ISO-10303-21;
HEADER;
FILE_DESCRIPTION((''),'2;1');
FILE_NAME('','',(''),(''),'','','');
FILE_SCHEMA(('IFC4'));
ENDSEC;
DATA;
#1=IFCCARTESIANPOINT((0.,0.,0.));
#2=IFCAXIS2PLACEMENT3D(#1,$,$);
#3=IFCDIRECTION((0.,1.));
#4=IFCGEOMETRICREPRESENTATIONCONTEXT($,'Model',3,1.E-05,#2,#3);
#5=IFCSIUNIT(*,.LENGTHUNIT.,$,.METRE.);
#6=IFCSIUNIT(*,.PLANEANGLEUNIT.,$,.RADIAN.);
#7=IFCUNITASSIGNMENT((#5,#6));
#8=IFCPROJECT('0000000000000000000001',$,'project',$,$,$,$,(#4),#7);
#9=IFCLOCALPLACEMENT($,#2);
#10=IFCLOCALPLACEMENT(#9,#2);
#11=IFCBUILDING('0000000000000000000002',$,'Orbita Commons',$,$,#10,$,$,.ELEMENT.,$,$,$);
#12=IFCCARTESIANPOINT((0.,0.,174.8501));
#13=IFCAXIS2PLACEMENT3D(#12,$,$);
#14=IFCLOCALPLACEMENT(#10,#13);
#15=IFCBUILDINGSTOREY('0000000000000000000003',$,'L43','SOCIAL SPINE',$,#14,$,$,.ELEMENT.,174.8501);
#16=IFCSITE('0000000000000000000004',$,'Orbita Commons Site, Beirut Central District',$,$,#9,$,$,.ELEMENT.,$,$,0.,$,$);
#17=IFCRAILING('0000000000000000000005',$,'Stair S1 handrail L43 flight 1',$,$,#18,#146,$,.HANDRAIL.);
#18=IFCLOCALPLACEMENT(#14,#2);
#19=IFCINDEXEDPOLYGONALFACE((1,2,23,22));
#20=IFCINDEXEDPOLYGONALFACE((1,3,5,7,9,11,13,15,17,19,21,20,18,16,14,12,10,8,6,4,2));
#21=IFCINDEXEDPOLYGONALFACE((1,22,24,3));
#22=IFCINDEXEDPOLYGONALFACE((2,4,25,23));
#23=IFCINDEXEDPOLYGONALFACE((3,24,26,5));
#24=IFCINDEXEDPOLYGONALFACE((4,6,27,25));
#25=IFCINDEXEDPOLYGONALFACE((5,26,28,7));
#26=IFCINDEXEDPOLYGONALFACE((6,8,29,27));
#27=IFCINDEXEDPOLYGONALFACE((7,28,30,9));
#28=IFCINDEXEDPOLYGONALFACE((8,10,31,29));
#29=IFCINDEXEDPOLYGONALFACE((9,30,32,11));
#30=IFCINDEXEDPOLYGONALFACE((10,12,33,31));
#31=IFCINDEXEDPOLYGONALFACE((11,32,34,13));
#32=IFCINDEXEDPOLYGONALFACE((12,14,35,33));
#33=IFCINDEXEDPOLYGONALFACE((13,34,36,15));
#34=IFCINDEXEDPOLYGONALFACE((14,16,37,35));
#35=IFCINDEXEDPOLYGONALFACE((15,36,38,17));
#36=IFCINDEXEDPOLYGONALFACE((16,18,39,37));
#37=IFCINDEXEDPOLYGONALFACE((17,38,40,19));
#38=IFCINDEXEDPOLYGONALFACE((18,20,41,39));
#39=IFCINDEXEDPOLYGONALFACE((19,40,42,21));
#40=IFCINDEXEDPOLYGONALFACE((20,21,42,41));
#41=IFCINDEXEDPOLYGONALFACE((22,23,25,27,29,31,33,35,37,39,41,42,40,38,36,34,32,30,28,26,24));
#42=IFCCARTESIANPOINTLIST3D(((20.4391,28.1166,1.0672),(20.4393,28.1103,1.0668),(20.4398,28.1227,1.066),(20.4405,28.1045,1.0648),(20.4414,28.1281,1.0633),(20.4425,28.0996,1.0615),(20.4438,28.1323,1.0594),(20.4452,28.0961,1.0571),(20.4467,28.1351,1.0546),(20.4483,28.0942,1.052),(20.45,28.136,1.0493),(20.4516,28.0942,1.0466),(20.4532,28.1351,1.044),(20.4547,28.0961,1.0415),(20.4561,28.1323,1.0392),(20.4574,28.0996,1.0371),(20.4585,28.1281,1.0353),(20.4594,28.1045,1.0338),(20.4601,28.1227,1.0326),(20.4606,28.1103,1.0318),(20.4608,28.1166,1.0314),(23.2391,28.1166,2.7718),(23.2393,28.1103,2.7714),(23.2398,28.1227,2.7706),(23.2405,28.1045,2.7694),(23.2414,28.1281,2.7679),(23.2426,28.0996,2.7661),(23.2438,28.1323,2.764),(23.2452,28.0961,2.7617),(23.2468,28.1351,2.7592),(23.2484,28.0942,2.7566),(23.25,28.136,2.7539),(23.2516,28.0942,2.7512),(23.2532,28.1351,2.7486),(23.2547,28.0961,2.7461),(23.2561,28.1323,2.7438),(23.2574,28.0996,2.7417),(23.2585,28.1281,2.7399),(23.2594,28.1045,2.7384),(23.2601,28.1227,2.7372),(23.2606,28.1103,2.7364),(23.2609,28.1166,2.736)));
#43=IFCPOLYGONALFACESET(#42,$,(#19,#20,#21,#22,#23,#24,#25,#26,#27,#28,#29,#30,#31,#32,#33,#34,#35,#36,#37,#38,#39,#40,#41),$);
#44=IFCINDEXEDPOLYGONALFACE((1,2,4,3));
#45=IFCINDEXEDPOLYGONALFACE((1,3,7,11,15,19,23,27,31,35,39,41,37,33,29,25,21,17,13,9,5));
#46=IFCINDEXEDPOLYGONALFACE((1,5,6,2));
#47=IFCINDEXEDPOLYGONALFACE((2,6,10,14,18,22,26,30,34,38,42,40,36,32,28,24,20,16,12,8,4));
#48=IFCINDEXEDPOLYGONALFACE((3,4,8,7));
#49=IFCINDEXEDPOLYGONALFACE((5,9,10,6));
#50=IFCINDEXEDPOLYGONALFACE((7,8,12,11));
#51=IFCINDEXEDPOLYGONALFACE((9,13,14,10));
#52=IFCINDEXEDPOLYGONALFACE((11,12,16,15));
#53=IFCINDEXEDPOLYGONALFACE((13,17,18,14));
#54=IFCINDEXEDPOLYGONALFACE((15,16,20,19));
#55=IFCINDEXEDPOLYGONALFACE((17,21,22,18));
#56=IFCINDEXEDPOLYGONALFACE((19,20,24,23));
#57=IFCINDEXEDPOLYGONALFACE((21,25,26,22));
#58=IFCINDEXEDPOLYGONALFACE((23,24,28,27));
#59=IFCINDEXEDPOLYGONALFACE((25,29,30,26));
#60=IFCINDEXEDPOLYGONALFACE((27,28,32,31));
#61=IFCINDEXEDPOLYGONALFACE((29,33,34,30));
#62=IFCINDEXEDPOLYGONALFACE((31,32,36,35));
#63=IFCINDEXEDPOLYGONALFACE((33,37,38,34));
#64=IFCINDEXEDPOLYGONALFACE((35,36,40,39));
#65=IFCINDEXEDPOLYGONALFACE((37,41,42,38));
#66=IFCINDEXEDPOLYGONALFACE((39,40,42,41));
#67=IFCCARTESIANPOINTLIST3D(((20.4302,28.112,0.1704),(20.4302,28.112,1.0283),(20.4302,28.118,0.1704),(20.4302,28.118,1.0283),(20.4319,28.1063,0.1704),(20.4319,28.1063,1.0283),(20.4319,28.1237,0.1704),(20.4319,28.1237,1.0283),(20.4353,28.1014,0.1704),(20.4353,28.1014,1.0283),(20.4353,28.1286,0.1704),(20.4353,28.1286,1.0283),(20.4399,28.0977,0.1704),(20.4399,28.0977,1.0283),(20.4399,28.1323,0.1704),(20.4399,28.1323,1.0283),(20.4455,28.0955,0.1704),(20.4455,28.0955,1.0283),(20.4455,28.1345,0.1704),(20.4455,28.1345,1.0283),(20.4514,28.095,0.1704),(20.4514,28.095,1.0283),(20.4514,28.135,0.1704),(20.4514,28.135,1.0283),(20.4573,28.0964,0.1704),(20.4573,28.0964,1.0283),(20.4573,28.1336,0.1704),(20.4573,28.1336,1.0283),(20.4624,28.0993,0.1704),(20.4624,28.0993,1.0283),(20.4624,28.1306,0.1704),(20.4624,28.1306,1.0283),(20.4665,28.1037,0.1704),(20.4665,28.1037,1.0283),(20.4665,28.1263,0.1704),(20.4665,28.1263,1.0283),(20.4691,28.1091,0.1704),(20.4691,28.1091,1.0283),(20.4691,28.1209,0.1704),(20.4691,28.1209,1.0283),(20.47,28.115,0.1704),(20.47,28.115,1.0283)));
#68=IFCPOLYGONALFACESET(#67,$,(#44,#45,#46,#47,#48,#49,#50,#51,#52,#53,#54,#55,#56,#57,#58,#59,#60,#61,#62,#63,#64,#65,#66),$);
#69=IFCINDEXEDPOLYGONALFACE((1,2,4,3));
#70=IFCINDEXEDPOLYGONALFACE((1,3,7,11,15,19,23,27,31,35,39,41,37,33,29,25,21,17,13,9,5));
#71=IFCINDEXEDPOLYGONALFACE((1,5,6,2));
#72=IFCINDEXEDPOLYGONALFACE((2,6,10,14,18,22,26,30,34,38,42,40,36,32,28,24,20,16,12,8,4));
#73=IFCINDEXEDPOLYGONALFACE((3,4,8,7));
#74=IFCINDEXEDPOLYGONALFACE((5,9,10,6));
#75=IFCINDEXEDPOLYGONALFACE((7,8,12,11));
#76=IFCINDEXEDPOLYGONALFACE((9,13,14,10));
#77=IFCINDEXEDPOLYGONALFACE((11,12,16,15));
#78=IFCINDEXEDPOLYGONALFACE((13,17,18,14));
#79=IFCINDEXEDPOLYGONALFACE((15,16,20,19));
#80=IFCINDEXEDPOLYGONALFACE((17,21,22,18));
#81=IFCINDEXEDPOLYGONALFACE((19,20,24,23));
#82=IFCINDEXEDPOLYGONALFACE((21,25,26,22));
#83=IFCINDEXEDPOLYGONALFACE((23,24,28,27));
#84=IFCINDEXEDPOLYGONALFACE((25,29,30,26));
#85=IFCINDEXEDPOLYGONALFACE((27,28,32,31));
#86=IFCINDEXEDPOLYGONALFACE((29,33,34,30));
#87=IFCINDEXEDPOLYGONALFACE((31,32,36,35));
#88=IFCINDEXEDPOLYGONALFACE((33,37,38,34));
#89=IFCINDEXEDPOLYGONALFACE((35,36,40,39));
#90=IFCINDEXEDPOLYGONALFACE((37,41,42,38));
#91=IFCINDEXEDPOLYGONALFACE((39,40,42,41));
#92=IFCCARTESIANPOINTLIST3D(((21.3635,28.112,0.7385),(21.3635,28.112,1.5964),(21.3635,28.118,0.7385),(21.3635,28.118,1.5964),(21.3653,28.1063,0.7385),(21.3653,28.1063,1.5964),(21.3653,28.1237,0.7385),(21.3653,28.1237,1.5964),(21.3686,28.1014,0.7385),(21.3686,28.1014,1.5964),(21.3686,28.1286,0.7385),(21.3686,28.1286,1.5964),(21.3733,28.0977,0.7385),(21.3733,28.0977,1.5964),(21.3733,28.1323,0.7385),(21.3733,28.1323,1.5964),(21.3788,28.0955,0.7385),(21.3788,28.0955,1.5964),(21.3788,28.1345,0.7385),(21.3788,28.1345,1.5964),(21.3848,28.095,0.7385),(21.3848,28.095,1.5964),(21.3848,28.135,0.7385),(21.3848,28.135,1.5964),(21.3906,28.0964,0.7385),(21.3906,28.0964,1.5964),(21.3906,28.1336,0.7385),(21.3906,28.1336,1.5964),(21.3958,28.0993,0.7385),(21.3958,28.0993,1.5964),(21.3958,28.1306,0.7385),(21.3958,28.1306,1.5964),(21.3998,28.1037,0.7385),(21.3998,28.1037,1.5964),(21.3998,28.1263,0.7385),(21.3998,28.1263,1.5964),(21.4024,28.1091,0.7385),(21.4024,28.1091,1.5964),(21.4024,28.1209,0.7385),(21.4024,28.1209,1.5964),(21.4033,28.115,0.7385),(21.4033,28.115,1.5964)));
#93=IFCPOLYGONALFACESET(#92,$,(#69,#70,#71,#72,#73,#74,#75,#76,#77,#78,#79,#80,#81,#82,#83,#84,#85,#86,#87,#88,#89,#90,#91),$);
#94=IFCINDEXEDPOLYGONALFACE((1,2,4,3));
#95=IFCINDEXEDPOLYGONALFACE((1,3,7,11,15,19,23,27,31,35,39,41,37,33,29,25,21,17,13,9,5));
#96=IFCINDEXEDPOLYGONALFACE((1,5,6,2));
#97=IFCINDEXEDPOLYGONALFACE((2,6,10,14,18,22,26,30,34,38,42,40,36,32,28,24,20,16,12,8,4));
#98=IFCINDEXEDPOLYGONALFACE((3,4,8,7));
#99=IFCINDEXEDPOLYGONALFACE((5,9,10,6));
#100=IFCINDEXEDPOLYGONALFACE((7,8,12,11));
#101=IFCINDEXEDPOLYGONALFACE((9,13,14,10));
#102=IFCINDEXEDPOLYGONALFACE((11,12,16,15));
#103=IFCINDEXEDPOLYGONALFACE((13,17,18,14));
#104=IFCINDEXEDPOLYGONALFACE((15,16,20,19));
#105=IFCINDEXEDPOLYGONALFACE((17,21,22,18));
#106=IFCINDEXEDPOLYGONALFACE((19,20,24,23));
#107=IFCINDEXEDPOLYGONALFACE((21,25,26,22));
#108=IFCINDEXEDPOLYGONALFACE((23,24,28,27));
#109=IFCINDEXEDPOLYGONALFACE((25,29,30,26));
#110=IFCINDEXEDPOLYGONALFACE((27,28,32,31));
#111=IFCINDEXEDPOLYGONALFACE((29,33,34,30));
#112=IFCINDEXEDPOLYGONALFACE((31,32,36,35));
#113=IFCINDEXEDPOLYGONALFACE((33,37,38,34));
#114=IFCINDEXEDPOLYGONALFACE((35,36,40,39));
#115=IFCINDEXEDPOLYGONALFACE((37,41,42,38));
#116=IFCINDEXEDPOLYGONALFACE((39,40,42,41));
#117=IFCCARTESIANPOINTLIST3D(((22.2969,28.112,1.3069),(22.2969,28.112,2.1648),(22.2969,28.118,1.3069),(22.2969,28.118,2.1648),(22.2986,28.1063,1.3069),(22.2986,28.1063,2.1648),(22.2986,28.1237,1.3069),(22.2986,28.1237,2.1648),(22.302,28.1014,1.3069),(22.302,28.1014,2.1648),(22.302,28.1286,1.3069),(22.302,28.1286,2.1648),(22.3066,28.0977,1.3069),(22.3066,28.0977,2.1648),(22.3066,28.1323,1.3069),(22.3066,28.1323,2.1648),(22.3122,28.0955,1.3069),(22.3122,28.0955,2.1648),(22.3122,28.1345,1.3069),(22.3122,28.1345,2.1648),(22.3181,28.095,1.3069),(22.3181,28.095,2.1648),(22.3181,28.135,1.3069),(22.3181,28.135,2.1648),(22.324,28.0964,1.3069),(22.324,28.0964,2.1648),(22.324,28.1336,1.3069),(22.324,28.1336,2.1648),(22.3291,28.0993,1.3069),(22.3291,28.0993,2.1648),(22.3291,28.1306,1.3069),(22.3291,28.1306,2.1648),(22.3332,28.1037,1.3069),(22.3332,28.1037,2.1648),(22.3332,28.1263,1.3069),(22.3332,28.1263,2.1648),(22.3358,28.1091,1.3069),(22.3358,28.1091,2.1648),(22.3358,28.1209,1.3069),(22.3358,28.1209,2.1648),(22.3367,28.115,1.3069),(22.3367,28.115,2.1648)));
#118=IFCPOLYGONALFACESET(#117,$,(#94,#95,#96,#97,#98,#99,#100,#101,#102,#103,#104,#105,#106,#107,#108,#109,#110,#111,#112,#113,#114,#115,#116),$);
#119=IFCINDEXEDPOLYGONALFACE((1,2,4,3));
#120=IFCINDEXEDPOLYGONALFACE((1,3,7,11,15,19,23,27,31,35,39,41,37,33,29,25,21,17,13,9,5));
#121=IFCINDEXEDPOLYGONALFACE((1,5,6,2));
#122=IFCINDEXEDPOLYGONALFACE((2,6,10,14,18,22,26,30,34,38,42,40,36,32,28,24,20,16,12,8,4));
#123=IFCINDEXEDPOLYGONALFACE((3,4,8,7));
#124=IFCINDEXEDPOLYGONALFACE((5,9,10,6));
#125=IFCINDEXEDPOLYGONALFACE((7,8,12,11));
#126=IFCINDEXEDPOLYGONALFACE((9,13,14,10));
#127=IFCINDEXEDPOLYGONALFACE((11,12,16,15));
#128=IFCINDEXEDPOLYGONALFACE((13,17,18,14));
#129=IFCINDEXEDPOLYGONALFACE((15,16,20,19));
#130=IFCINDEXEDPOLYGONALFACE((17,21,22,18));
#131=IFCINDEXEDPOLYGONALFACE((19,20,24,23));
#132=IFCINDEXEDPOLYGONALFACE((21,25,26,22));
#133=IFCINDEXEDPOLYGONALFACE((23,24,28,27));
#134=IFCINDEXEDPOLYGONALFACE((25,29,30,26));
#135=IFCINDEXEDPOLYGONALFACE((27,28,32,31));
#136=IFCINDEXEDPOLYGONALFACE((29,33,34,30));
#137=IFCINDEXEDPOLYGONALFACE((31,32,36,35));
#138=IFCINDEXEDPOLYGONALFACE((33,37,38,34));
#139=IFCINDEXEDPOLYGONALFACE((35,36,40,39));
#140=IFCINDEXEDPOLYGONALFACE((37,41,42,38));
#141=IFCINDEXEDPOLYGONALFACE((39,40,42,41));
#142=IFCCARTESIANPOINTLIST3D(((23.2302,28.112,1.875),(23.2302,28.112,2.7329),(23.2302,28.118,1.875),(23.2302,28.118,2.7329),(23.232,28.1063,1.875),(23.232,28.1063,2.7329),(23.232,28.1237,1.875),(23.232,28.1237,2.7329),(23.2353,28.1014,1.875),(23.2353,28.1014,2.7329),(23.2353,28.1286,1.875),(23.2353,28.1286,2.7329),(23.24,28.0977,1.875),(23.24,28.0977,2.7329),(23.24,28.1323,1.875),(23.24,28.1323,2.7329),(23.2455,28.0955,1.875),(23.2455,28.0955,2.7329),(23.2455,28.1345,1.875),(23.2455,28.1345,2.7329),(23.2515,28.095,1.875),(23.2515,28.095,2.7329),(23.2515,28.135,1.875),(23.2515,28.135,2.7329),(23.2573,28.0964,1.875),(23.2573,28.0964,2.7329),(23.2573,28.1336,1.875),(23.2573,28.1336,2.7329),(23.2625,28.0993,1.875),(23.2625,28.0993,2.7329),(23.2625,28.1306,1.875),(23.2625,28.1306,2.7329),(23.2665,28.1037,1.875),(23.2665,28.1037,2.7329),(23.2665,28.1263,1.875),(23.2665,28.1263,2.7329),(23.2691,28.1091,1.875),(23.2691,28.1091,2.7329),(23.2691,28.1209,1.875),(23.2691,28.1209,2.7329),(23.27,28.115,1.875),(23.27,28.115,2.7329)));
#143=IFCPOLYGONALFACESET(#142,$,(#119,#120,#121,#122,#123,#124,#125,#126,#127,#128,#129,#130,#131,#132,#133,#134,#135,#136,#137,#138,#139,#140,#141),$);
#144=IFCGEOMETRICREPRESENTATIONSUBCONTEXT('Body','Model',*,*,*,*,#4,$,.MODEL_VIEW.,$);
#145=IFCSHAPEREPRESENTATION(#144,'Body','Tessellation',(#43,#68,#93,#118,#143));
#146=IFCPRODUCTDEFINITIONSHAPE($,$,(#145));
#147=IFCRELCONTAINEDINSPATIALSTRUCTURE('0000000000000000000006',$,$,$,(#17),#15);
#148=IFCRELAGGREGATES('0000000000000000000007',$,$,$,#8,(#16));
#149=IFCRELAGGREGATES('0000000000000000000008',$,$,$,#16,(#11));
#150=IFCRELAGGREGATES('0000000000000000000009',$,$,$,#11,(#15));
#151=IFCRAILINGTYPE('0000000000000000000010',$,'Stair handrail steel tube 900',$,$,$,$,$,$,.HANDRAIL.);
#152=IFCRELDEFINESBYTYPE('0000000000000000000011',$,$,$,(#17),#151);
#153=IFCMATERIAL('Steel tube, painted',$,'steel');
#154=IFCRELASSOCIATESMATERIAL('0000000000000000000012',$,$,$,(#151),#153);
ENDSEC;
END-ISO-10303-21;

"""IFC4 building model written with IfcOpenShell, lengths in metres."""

from ifc_helpers import new_model, si_unit, direction, frame, origin, origin_2d, place, context, subcontext, project, spatial, circle, extrude, material, type_object, element, save


model = new_model("IFC4")

# Units and contexts
model_context = context("Model", 3, precision=1e-05, world=origin(), true_north=direction((0.0, 1.0)))
body_context = subcontext(model_context, "Body", "Model", "MODEL_VIEW")
ifc_project = project(units=[si_unit("LENGTHUNIT", "METRE"), si_unit("PLANEANGLEUNIT", "RADIAN")], contexts=[model_context])

# Site, building, storey
site_placement = place(None, origin())
site = spatial("IfcSite", under=ifc_project, at=site_placement, Name="Orbita Commons Site, Beirut Central District", CompositionType="ELEMENT", RefElevation=0.0)
building_placement = place(site_placement, origin())
building = spatial("IfcBuilding", under=site, at=building_placement, Name="Orbita Commons", CompositionType="ELEMENT")
storey_placement = place(building_placement, frame((0.0, 0.0, 174.8501)))
storey = spatial("IfcBuildingStorey", under=building, at=storey_placement, Name="L43", Description="SOCIAL SPINE", CompositionType="ELEMENT", Elevation=174.8501)

# Railing
ifc_material_1 = material(Name="Steel tube, painted", Category="steel")
railing_type = type_object("IfcRailingType", Name="Stair handrail steel tube 900", PredefinedType="HANDRAIL", material=ifc_material_1)
for number, where, name in (
    (1, (20.45, 28.115, 0.1704), "Stair S1 handrail L43 flight 1"),
):
    element("IfcRailing", number, at=place(storey_placement, frame(where)), inside=storey, type_object=railing_type, Name=name, PredefinedType="HANDRAIL", context=body_context, shape_type="SweptSolid", body=[
        extrude(circle(Radius=0.021, at=origin_2d()), frame((0.0, 0.0, 0.8789), z_axis=(0.85417, 0.0, 0.519994), x_axis=(0.0, 1.0, 0.0)), (0.0, 0.0, 1.0), 3.2781),
        extrude(circle(Radius=0.02, at=origin_2d()), origin(), (0.0, 0.0, 1.0), 0.8579),
        extrude(circle(Radius=0.02, at=origin_2d()), frame((0.9333, 0.0, 0.5681)), (0.0, 0.0, 1.0), 0.8579),
        extrude(circle(Radius=0.02, at=origin_2d()), frame((1.8667, 0.0, 1.1365)), (0.0, 0.0, 1.0), 0.8579),
        extrude(circle(Radius=0.02, at=origin_2d()), frame((2.8, 0.0, 1.7046)), (0.0, 0.0, 1.0), 0.8579),
    ])

save(model, "model.ifc")
